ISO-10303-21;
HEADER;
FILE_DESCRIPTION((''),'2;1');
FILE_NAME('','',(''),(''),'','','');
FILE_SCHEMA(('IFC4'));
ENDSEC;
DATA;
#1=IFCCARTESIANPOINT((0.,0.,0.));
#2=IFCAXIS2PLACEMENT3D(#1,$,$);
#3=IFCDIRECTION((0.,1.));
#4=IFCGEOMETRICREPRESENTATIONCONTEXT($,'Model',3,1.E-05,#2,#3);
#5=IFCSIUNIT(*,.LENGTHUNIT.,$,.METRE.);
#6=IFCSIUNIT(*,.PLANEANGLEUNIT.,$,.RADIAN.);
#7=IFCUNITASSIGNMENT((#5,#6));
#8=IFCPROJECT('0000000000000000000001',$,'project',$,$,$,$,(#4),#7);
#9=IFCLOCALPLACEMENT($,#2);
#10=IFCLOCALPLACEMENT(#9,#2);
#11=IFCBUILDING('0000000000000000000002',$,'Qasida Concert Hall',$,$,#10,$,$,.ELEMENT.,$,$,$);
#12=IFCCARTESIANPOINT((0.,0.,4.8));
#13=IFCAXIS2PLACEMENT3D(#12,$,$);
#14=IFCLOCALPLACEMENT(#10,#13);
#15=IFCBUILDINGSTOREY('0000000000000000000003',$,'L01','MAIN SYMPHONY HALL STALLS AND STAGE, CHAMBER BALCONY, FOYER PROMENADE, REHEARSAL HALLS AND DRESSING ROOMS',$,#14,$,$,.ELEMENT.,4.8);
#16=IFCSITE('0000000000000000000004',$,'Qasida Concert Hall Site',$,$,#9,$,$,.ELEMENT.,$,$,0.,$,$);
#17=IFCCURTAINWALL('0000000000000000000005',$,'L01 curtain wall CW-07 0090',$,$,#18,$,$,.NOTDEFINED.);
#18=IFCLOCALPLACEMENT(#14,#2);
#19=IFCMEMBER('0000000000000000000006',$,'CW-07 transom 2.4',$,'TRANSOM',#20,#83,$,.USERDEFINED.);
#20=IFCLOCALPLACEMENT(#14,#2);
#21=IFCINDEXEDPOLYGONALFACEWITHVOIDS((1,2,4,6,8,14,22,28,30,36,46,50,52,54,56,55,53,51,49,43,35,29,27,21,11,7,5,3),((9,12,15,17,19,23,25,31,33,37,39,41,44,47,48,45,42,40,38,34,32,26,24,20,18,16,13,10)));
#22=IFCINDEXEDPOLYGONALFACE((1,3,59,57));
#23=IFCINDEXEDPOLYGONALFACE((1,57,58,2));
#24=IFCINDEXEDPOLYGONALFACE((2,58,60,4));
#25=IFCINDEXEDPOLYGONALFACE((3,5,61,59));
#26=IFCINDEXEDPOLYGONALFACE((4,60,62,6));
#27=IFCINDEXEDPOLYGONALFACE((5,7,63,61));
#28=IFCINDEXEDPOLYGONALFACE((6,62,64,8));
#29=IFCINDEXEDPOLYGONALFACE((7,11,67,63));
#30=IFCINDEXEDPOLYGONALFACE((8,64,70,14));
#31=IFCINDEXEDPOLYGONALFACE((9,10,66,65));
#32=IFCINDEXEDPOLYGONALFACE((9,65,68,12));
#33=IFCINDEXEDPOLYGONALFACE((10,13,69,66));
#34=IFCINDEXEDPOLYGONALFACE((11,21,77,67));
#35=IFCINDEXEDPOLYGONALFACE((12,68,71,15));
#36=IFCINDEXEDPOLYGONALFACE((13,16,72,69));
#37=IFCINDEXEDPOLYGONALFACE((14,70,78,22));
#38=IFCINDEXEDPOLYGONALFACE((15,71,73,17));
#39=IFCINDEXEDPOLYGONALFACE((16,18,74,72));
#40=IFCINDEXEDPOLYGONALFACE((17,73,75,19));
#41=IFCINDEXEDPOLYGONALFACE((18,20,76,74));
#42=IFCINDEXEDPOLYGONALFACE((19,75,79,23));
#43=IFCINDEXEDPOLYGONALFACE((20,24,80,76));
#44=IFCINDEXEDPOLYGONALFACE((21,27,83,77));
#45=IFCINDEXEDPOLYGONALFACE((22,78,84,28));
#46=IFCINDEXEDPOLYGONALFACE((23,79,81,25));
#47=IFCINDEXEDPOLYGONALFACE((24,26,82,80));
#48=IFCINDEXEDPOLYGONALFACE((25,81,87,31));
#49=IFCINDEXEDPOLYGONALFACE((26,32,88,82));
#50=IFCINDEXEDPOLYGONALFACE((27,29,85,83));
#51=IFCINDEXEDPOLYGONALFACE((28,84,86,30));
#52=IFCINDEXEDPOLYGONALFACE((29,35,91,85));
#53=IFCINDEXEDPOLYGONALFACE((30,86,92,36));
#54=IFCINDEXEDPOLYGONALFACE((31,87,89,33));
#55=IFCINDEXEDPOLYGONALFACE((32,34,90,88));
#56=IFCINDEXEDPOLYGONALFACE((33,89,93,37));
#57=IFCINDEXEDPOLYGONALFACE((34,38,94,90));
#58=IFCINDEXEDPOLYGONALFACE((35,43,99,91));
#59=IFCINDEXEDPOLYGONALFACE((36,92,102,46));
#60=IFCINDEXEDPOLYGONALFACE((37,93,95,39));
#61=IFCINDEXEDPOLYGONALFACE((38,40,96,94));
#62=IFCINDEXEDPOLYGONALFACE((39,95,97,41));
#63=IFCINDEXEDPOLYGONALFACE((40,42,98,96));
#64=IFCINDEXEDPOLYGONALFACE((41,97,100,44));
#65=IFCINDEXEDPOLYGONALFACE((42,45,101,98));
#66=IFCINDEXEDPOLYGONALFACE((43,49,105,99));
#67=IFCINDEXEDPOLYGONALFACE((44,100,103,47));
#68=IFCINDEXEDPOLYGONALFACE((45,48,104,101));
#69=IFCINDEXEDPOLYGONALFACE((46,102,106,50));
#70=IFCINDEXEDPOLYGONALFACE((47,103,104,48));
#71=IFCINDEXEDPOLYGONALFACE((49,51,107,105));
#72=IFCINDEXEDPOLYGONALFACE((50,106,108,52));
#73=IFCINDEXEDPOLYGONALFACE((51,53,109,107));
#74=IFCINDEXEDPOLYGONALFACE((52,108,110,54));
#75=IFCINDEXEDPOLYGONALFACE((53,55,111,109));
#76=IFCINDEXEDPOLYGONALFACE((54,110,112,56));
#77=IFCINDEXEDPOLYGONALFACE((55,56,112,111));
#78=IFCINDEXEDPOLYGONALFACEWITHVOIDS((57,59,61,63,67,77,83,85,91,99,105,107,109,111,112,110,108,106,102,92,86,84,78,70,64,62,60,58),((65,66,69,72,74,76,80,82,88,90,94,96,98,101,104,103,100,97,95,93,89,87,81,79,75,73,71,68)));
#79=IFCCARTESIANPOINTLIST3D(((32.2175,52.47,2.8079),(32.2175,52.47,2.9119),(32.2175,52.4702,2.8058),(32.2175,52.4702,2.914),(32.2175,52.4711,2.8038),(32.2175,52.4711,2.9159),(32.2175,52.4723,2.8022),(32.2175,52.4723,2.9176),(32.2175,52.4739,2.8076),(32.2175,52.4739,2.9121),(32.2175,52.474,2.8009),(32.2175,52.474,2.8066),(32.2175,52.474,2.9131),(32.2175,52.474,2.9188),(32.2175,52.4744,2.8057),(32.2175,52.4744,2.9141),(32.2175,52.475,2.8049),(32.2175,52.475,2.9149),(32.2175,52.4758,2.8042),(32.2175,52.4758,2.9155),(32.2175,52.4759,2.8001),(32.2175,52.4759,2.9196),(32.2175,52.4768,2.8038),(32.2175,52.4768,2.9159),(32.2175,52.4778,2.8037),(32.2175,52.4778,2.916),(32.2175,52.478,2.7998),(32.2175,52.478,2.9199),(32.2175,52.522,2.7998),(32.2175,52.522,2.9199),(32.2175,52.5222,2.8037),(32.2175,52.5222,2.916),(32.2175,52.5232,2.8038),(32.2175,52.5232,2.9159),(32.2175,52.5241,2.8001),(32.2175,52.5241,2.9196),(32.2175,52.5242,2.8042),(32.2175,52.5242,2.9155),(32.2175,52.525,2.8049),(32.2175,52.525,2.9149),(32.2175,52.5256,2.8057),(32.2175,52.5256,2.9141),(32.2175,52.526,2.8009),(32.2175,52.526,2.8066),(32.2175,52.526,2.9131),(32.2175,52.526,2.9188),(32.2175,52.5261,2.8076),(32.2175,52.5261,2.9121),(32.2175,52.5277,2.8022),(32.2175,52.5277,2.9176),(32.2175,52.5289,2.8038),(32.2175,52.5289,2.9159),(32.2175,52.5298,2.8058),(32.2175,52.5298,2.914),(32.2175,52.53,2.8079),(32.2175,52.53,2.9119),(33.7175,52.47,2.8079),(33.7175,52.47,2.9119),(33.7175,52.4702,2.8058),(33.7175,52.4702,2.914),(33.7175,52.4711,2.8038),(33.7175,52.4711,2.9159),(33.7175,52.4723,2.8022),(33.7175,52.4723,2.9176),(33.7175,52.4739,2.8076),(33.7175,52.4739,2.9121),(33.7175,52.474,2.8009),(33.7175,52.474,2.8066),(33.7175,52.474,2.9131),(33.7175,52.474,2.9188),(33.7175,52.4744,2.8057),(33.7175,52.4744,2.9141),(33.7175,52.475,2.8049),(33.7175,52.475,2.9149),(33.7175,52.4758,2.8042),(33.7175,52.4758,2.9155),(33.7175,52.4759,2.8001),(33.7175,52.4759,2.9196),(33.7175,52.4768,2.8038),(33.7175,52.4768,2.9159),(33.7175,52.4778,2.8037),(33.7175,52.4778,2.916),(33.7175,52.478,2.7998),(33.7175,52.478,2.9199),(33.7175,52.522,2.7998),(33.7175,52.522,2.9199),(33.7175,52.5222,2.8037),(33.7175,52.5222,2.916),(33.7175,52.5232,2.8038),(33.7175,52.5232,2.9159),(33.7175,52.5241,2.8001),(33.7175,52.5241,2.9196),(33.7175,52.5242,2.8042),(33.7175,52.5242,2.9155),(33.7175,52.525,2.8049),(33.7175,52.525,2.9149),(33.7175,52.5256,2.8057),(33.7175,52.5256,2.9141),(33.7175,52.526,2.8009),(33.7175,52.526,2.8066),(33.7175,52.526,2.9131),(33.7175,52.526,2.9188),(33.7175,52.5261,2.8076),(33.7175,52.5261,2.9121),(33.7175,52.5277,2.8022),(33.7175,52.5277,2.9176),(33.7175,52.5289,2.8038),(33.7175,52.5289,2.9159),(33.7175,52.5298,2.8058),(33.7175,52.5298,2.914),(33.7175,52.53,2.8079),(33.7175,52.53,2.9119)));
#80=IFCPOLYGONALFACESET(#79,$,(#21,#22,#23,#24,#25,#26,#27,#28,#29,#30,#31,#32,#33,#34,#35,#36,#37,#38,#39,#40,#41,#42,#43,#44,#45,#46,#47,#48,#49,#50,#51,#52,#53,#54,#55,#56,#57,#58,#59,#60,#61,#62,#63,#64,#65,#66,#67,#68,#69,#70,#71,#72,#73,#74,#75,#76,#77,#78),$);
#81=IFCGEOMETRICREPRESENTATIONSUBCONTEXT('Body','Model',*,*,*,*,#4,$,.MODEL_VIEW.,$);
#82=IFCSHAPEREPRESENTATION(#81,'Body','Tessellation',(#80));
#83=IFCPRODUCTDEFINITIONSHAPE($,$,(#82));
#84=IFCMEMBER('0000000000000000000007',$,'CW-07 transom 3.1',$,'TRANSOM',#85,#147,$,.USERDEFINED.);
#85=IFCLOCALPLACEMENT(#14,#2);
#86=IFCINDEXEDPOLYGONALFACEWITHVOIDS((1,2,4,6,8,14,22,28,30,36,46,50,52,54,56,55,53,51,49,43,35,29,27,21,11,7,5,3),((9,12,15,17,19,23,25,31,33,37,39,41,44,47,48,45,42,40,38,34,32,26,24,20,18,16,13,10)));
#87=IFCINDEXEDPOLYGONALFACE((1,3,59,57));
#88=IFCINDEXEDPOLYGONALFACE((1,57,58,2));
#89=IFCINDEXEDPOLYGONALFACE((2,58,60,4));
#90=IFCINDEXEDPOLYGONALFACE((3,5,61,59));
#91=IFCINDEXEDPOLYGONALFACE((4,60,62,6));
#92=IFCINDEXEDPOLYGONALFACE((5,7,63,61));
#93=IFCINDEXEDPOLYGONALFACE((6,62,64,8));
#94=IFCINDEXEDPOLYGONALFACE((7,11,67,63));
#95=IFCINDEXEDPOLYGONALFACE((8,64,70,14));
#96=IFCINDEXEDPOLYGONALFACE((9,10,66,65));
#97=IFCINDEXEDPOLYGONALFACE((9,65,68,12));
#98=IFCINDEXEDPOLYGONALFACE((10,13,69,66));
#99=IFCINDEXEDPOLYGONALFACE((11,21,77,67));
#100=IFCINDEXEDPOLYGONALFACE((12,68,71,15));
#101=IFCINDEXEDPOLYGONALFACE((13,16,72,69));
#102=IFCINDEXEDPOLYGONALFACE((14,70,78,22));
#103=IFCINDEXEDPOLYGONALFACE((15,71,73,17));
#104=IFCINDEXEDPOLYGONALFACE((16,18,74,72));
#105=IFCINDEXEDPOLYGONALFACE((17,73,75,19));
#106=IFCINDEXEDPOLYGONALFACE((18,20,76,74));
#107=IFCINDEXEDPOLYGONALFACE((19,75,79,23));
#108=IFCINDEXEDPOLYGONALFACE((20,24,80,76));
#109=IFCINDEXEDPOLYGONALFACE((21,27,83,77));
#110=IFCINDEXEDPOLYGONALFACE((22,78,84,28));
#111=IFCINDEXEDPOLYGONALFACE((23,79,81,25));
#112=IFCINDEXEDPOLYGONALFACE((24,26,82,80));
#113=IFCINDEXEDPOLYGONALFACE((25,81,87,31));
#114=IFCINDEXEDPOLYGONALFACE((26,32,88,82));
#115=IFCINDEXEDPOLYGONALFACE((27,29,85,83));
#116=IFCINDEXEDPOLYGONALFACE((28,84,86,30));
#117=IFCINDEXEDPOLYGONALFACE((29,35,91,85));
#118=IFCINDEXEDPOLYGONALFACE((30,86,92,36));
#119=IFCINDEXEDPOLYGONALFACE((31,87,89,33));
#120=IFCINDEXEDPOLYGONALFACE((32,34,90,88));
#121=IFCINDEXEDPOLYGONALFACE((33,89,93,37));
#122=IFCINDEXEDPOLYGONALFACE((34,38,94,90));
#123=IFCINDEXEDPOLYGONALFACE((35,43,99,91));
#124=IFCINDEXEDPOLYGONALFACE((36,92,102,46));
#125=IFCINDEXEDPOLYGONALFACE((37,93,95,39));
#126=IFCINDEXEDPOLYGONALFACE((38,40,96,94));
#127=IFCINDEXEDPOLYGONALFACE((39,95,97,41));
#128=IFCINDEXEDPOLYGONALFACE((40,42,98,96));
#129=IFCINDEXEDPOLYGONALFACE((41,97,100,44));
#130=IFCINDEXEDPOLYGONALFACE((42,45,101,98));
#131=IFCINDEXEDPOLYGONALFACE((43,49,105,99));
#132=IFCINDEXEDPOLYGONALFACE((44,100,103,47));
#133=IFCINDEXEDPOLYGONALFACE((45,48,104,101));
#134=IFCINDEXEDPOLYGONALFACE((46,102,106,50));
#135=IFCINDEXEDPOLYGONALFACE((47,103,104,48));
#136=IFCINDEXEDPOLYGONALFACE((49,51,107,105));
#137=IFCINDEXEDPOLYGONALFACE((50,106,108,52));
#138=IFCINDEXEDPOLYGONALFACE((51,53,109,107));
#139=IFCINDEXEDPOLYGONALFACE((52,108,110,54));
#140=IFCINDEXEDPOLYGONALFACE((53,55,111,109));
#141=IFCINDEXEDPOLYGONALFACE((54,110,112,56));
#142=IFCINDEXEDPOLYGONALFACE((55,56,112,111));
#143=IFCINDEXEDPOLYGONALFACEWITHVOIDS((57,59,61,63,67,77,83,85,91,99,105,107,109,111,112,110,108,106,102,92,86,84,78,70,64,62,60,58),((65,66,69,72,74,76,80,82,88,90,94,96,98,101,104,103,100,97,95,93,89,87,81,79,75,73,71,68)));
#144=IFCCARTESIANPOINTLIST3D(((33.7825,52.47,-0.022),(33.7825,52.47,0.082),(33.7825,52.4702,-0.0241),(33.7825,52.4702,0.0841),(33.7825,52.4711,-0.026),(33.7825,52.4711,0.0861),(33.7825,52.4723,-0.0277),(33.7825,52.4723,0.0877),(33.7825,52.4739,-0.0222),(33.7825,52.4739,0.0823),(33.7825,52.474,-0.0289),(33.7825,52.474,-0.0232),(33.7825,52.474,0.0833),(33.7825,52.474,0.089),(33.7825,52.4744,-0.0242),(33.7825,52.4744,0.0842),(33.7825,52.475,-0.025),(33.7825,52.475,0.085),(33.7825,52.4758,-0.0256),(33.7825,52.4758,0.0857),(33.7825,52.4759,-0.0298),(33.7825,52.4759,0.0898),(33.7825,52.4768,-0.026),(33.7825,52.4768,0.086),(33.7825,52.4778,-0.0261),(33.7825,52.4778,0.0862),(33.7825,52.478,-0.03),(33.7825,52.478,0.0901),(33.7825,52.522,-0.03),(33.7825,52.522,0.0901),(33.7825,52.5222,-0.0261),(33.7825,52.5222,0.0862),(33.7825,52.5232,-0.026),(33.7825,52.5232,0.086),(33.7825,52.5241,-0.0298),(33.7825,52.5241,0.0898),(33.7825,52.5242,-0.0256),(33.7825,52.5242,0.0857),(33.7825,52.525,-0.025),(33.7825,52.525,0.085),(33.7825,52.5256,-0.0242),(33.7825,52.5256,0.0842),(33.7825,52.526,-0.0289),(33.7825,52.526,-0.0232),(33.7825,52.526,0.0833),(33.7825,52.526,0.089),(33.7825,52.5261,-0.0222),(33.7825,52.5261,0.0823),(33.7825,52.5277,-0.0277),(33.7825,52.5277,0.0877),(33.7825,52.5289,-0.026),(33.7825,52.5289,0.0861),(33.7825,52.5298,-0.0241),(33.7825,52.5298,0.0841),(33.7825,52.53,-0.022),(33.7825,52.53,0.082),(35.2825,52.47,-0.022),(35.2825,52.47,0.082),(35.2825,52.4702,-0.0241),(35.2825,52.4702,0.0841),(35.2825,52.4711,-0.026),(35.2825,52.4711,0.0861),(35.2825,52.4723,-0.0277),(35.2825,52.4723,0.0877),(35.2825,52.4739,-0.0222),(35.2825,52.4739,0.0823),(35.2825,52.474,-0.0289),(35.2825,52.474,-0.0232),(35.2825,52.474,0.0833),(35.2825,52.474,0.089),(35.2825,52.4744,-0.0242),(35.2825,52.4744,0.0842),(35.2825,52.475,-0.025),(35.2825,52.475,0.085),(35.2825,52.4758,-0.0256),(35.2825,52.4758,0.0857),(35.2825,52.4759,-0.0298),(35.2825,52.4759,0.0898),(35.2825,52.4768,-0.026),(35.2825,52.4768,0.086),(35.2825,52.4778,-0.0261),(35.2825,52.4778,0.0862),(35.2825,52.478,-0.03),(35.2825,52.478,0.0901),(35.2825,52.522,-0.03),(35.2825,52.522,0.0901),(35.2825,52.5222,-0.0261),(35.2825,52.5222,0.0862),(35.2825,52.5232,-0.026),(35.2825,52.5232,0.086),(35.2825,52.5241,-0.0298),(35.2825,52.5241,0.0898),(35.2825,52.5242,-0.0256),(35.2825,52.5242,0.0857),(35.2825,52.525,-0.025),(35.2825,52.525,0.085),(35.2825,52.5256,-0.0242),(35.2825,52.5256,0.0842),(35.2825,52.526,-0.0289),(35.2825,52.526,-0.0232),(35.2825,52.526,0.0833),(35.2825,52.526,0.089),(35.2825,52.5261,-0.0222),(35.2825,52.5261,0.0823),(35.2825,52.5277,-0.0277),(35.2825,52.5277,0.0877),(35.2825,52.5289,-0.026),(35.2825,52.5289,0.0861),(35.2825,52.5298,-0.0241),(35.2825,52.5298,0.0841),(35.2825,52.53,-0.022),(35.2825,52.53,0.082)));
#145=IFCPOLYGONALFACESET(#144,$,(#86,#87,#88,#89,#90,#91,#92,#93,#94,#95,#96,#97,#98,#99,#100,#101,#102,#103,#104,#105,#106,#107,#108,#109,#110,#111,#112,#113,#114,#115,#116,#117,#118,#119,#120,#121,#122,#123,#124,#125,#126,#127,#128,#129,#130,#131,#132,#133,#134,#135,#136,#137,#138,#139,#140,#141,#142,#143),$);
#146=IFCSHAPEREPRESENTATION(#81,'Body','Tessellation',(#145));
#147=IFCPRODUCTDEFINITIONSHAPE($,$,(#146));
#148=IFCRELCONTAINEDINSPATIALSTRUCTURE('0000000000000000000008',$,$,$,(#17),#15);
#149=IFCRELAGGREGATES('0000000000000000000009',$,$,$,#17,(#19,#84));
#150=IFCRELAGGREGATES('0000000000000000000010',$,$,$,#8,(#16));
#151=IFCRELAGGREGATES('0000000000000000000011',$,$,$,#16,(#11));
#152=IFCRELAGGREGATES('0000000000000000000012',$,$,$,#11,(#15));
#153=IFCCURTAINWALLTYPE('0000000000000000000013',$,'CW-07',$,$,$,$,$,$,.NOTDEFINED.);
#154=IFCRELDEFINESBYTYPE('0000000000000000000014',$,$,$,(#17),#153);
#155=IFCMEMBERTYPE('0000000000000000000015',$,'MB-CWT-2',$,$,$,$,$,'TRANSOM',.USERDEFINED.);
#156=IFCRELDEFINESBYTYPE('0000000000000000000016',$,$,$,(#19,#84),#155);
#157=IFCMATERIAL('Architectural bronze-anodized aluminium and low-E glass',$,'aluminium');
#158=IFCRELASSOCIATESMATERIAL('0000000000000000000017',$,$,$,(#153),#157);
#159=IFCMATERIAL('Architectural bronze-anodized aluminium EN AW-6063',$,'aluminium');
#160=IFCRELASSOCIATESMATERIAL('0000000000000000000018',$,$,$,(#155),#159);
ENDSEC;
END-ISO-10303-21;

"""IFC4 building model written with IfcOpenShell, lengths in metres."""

from ifc_helpers import new_model, si_unit, direction, frame, origin, origin_2d, place, context, subcontext, project, spatial, hollow_rectangle, extrude, material, material_profile, profile_set, type_object, element, aggregate, save


model = new_model("IFC4")

# Units and contexts
model_context = context("Model", 3, precision=1e-05, world=origin(), true_north=direction((0.0, 1.0)))
body_context = subcontext(model_context, "Body", "Model", "MODEL_VIEW")
ifc_project = project(units=[si_unit("LENGTHUNIT", "METRE"), si_unit("PLANEANGLEUNIT", "RADIAN")], contexts=[model_context])

# Site, building, storey
site_placement = place(None, origin())
site = spatial("IfcSite", under=ifc_project, at=site_placement, Name="Qasida Concert Hall Site", CompositionType="ELEMENT", RefElevation=0.0)
building_placement = place(site_placement, origin())
building = spatial("IfcBuilding", under=site, at=building_placement, Name="Qasida Concert Hall", CompositionType="ELEMENT")
storey_placement = place(building_placement, frame((0.0, 0.0, 4.8)))
storey = spatial("IfcBuildingStorey", under=building, at=storey_placement, Name="L01", Description="MAIN SYMPHONY HALL STALLS AND STAGE, CHAMBER BALCONY, FOYER PROMENADE, REHEARSAL HALLS AND DRESSING ROOMS", CompositionType="ELEMENT", Elevation=4.8)

# Curtain wall
ifc_material_1 = material(Name="Architectural bronze-anodized aluminium and low-E glass", Category="aluminium")
curtain_wall_type_1 = type_object("IfcCurtainWallType", Name="CW-07", PredefinedType="NOTDEFINED", material=ifc_material_1)
curtain_wall_1_placement = place(storey_placement, origin())
curtain_wall_1 = element("IfcCurtainWall", 1, at=curtain_wall_1_placement, inside=storey, type_object=curtain_wall_type_1, Name="L01 curtain wall CW-07 0090", PredefinedType="NOTDEFINED")
ifc_material_2 = material(Name="Architectural bronze-anodized aluminium EN AW-6063", Category="aluminium")

# Members
ifc_material_profile_1 = material_profile(ifc_material_2, hollow_rectangle(XDim=0.0601, YDim=0.1201, WallThickness=0.0039, InnerFilletRadius=0.0039, OuterFilletRadius=0.0081, at=origin_2d()), Name="CWT 120x60x4")
ifc_profile_set_1 = profile_set([ifc_material_profile_1], Name="Architectural bronze-anodized aluminium EN AW-6063")
member_type_1 = type_object("IfcMemberType", Name="MB-CWT-2", ElementType="TRANSOM", PredefinedType="USERDEFINED", material=ifc_profile_set_1)
member_1_placement = place(storey_placement, frame((32.2175, 52.5, 2.8599), z_axis=(1.0, 0.0, 0.0), x_axis=(0.0, 1.0, 0.0)))
member_1 = element("IfcMember", 2, at=member_1_placement, type_object=member_type_1, Name="CW-07 transom 2.4", ObjectType="TRANSOM", PredefinedType="USERDEFINED", context=body_context, shape_type="SweptSolid", body=[
    extrude(hollow_rectangle(XDim=0.0601, YDim=0.1201, WallThickness=0.0039, InnerFilletRadius=0.0039, OuterFilletRadius=0.0081, at=origin_2d()), origin(), (0.0, 0.0, 1.0), 1.5),
])
member_2_placement = place(storey_placement, frame((33.7825, 52.5, 0.03), z_axis=(1.0, 0.0, 0.0), x_axis=(0.0, 1.0, 0.0)))
member_2 = element("IfcMember", 3, at=member_2_placement, type_object=member_type_1, Name="CW-07 transom 3.1", ObjectType="TRANSOM", PredefinedType="USERDEFINED", context=body_context, shape_type="SweptSolid", body=[
    extrude(hollow_rectangle(XDim=0.0601, YDim=0.1201, WallThickness=0.0039, InnerFilletRadius=0.0039, OuterFilletRadius=0.0081, at=origin_2d()), origin(), (0.0, 0.0, 1.0), 1.5),
])

aggregate(curtain_wall_1, [member_1, member_2])

save(model, "model.ifc")
